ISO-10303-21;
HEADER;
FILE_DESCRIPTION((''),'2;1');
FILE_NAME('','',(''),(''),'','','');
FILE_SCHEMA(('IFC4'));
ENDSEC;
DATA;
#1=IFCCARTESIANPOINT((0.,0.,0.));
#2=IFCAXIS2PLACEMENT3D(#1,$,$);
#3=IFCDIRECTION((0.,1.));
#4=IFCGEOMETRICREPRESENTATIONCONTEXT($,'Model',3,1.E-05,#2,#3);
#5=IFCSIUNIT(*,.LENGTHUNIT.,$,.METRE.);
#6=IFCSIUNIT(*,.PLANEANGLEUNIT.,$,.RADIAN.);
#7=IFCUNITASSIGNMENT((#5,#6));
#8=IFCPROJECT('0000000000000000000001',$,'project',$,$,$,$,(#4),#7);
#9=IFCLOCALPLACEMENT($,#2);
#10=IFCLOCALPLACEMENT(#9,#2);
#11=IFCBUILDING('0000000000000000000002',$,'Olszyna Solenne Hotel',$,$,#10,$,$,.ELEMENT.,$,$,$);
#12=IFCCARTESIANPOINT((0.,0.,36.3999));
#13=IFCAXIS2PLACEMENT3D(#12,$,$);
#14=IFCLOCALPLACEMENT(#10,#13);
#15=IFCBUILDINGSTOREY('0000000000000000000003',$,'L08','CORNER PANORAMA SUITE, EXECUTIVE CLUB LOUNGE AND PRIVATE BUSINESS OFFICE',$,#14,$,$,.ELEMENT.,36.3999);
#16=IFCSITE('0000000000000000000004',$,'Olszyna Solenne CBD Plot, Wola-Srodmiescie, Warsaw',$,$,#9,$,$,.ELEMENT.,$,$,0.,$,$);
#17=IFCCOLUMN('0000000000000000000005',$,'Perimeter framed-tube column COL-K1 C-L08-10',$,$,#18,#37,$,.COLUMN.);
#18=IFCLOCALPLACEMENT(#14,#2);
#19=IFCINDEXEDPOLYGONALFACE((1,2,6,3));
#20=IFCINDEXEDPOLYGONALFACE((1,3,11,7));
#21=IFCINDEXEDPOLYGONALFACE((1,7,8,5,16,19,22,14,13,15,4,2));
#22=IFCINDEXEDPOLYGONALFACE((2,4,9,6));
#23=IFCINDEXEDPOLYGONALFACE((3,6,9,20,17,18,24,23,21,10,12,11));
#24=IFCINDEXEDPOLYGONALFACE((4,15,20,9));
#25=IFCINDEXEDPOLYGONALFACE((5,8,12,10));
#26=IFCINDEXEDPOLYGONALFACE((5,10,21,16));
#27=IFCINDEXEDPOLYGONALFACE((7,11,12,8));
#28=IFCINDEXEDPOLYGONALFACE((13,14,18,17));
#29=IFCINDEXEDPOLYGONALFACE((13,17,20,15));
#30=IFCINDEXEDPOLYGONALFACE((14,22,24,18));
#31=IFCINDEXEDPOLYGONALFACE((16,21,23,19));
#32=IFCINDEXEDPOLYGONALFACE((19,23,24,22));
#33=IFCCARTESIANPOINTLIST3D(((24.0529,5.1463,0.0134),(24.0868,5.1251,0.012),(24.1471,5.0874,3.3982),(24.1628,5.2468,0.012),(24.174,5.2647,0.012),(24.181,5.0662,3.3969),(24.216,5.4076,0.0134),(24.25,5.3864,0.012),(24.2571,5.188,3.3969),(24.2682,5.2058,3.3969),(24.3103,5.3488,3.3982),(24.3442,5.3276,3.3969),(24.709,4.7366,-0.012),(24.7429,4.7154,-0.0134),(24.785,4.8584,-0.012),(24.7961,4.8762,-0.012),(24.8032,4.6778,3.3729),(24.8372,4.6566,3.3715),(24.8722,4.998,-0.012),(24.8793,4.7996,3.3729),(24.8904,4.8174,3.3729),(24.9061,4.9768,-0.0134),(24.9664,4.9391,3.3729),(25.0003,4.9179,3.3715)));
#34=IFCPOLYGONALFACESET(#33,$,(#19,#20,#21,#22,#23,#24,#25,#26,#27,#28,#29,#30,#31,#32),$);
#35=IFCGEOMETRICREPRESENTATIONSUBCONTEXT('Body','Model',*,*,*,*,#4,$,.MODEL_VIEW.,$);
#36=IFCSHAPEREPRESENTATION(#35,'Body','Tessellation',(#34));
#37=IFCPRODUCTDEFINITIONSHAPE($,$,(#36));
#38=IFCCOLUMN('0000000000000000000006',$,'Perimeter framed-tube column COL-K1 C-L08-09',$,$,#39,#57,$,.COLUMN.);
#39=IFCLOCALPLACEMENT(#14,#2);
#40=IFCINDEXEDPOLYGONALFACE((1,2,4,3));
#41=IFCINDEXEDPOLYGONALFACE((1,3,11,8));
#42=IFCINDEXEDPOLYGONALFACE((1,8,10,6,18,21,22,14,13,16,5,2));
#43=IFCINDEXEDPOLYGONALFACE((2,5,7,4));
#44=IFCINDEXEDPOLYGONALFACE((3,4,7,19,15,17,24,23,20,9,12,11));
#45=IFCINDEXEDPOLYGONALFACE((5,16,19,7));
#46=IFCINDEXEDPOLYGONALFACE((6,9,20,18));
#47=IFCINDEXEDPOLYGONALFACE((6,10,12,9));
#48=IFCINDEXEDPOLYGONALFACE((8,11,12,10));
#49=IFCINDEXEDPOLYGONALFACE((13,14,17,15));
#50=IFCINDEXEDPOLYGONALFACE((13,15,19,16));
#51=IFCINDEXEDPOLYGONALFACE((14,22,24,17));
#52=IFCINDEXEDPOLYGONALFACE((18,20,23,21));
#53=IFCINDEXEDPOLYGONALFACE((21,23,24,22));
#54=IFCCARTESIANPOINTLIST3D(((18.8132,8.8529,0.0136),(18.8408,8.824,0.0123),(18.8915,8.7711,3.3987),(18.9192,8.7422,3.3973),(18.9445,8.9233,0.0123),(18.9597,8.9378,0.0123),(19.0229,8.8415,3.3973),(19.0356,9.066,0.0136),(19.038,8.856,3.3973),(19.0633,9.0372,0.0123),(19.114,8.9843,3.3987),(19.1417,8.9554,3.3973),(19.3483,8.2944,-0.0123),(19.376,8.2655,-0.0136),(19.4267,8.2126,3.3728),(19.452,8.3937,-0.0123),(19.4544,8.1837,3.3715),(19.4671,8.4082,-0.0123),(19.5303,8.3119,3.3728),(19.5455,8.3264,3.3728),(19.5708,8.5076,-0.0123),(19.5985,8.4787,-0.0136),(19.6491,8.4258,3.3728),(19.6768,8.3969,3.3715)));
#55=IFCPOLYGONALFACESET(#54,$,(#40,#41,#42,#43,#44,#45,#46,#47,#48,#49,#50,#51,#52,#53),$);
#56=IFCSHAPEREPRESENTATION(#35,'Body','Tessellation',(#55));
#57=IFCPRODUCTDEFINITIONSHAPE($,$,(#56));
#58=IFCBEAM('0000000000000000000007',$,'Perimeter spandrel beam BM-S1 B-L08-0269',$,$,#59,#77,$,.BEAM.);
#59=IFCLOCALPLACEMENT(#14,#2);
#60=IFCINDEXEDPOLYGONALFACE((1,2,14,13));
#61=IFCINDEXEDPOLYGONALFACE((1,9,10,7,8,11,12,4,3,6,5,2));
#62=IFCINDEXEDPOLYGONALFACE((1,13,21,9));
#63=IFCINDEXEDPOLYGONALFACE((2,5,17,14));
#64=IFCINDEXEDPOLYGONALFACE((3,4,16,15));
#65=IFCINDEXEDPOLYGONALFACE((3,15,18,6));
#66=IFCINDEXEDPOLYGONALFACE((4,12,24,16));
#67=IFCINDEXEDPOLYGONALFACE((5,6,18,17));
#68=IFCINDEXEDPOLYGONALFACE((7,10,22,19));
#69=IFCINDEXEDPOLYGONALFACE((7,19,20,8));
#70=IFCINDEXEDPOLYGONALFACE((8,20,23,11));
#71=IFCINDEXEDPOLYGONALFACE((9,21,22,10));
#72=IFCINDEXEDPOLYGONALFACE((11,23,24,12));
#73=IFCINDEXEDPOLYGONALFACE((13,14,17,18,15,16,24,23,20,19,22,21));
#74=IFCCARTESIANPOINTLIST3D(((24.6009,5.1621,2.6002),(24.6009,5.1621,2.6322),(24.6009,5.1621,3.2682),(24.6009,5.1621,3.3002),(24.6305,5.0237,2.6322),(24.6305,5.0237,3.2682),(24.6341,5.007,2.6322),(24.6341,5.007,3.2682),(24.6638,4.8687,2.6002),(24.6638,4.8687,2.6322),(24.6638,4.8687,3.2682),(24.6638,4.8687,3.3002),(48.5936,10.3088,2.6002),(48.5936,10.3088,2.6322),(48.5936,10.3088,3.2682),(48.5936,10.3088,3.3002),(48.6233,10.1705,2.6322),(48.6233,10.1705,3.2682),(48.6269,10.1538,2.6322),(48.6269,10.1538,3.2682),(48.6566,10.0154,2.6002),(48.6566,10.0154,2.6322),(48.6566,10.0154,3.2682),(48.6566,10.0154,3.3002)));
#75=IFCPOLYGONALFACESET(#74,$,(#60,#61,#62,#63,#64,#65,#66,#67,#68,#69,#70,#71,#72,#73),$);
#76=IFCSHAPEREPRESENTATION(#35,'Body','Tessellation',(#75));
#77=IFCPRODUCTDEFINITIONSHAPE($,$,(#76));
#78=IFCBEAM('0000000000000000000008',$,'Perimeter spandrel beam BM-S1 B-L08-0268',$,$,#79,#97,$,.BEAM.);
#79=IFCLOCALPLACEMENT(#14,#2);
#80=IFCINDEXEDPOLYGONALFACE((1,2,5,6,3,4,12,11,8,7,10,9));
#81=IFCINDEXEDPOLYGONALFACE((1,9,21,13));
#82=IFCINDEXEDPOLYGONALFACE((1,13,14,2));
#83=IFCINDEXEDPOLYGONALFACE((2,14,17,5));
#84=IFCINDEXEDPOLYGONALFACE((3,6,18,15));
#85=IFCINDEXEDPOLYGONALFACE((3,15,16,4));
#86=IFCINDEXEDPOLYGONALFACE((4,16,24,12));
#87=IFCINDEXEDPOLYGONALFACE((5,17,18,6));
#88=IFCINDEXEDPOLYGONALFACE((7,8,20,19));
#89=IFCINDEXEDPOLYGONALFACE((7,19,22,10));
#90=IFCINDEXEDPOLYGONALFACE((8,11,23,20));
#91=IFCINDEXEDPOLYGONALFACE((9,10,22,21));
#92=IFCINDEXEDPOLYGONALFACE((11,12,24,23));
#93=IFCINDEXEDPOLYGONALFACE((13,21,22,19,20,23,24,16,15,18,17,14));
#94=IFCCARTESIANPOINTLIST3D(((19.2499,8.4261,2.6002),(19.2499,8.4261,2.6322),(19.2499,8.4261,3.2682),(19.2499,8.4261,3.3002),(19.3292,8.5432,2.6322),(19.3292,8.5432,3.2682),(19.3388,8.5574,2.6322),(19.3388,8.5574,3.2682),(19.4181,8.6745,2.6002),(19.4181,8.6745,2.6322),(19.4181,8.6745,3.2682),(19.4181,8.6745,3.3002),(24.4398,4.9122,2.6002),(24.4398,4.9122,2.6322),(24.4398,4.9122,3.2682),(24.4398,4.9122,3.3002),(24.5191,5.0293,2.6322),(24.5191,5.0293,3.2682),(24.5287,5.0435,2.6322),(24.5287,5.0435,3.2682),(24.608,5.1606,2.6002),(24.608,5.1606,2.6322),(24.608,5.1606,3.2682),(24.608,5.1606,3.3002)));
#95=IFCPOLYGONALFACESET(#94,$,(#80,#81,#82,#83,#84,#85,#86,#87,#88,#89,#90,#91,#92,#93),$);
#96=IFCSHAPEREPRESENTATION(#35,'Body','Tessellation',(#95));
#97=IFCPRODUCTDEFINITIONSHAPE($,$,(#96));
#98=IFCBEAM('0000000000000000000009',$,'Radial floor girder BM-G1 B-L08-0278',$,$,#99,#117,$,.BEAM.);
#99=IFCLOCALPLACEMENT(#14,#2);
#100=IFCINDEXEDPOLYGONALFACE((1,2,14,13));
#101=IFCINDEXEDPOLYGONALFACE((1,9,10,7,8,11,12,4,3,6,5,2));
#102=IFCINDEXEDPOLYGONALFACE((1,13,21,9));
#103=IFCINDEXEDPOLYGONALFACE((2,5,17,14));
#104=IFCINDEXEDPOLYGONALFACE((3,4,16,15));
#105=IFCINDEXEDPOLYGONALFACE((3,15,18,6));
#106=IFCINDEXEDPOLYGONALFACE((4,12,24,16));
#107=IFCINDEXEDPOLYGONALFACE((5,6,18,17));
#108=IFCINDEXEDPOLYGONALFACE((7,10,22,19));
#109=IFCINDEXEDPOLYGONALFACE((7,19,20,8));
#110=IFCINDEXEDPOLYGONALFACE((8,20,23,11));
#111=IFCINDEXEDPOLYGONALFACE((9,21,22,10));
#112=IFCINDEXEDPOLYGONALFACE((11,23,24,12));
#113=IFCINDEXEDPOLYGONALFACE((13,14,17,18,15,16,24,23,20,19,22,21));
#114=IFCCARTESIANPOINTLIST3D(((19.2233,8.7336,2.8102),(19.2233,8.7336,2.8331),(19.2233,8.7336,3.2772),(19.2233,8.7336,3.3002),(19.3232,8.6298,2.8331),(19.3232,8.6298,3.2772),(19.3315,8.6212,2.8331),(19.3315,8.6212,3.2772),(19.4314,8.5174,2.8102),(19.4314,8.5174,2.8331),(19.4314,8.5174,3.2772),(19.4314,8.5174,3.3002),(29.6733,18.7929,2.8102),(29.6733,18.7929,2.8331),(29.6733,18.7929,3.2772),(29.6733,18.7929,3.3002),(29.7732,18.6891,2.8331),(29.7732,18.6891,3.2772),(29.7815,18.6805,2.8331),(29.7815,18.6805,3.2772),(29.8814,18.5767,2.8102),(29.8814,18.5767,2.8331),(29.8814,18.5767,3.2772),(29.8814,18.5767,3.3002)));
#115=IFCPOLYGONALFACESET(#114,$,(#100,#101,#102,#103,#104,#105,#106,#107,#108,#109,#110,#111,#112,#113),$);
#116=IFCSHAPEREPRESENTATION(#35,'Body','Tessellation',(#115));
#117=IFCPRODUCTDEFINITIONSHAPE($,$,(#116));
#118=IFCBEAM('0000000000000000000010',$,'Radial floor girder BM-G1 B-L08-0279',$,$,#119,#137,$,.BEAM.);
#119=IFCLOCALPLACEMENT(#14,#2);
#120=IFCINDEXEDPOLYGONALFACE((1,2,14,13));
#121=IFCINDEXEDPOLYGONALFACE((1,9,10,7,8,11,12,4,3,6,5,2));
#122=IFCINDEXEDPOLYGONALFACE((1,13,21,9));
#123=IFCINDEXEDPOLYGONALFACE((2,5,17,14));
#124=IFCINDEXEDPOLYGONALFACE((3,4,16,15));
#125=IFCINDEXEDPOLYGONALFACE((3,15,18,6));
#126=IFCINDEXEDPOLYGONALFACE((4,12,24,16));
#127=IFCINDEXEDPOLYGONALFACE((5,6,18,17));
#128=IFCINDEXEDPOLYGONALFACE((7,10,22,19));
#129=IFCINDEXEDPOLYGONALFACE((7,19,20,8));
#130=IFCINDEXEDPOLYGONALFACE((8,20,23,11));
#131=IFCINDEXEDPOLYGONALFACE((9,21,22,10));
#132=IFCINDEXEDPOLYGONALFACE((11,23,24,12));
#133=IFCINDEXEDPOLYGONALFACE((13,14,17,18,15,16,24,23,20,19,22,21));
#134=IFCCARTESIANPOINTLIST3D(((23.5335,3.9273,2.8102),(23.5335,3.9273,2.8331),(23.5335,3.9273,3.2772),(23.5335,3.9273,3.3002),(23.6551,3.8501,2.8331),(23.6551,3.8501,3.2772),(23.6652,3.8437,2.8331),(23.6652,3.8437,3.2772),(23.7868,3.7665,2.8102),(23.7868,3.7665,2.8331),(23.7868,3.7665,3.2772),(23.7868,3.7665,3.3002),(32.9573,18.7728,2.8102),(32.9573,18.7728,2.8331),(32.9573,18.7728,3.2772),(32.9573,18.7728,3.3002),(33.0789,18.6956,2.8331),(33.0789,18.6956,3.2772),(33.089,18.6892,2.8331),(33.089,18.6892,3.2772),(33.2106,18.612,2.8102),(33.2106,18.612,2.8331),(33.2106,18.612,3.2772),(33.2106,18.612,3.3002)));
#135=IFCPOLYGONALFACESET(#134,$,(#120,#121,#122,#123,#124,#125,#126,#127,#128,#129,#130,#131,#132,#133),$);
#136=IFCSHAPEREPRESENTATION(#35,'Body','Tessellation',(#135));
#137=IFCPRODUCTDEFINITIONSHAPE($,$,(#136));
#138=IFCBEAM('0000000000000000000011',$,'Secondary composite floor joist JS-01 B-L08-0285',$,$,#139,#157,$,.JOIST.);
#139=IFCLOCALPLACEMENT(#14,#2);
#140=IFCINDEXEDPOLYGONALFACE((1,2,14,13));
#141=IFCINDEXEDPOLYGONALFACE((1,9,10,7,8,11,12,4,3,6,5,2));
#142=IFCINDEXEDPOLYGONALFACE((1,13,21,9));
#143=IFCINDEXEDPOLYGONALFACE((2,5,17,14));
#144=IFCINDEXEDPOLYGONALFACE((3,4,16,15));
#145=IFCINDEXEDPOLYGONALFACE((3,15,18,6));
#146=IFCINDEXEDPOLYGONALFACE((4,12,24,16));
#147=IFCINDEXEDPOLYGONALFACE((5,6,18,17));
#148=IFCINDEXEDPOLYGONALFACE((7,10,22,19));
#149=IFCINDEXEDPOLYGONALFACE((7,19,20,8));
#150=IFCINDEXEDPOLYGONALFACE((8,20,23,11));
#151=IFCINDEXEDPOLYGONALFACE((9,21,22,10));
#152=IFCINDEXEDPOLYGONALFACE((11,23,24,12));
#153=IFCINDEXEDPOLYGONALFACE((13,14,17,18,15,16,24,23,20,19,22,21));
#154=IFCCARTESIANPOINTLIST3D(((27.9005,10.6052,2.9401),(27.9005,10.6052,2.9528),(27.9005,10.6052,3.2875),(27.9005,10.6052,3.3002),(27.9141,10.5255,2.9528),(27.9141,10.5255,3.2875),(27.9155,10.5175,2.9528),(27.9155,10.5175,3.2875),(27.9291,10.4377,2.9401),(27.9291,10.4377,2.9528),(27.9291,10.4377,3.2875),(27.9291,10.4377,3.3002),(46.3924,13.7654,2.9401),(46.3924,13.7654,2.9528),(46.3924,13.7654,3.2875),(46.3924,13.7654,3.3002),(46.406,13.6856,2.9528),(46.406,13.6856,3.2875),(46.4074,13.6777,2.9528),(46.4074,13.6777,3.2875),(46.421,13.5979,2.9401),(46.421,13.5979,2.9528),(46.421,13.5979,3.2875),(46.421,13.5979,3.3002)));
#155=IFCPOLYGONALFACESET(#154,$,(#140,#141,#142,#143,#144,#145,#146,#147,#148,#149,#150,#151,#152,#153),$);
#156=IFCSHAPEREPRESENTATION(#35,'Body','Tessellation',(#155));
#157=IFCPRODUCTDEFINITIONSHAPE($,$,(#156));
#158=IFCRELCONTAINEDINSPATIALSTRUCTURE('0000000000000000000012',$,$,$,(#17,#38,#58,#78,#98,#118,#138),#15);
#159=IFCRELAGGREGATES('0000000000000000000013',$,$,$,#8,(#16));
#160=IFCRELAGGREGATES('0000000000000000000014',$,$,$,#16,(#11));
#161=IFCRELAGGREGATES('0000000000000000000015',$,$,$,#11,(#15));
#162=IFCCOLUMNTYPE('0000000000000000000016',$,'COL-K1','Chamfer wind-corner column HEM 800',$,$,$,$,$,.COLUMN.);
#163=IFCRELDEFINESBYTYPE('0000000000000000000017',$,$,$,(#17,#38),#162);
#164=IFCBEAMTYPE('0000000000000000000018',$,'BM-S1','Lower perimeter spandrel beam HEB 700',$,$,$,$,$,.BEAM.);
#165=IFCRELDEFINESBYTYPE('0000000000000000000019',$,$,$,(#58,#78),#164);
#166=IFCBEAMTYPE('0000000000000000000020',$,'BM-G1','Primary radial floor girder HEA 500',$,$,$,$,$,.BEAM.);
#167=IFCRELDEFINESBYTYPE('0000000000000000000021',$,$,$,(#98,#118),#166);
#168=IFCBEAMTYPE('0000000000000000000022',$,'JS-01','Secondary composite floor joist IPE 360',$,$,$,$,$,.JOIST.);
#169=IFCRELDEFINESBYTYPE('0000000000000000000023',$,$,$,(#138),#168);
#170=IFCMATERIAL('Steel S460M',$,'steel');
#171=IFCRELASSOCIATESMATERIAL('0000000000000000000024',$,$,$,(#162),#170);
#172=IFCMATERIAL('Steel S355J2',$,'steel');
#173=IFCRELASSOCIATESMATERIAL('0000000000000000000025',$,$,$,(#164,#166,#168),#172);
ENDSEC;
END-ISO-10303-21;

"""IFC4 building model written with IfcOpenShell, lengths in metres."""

from ifc_helpers import new_model, si_unit, direction, frame, origin, origin_2d, place, context, subcontext, project, spatial, i_section, extrude, source, transform, mapped, material, material_profile, profile_set, type_object, element, save


model = new_model("IFC4")

# Units and contexts
model_context = context("Model", 3, precision=1e-05, world=origin(), true_north=direction((0.0, 1.0)))
body_context = subcontext(model_context, "Body", "Model", "MODEL_VIEW")
ifc_project = project(units=[si_unit("LENGTHUNIT", "METRE"), si_unit("PLANEANGLEUNIT", "RADIAN")], contexts=[model_context])

# Site, building, storey
site_placement = place(None, origin())
site = spatial("IfcSite", under=ifc_project, at=site_placement, Name="Olszyna Solenne CBD Plot, Wola-Srodmiescie, Warsaw", CompositionType="ELEMENT", RefElevation=0.0)
building_placement = place(site_placement, origin())
building = spatial("IfcBuilding", under=site, at=building_placement, Name="Olszyna Solenne Hotel", CompositionType="ELEMENT")
storey_placement = place(building_placement, frame((0.0, 0.0, 36.3999)))
storey = spatial("IfcBuildingStorey", under=building, at=storey_placement, Name="L08", Description="CORNER PANORAMA SUITE, EXECUTIVE CLUB LOUNGE AND PRIVATE BUSINESS OFFICE", CompositionType="ELEMENT", Elevation=36.3999)

# Columns
ifc_material_1 = material(Name="Steel S460M", Category="steel")
ifc_material_profile_1 = material_profile(ifc_material_1, i_section(OverallWidth=0.3081, OverallDepth=0.814, WebThickness=0.021, FlangeThickness=0.04, at=origin_2d()), Name="HEM 800", Category="load-bearing")
ifc_profile_set_1 = profile_set([ifc_material_profile_1], Name="Steel S460M")
column_type = type_object("IfcColumnType", Name="COL-K1", Description="Chamfer wind-corner column HEM 800", PredefinedType="COLUMN", material=ifc_profile_set_1)
shared_shape_1 = source(origin(), body_context, "Body", "SweptSolid", [
    extrude(i_section(OverallWidth=0.3081, OverallDepth=0.814, WebThickness=0.021, FlangeThickness=0.04, at=origin_2d()), origin(), (0.0, 0.0, 1.0), 3.3867),
])
column_1_placement = place(storey_placement, frame((24.4795, 5.0615, 0.0), z_axis=(0.027825, -0.017373, 0.999462), x_axis=(0.529604, 0.848245, 0.0)))
element("IfcColumn", 1, at=column_1_placement, inside=storey, type_object=column_type, Name="Perimeter framed-tube column COL-K1 C-L08-10", PredefinedType="COLUMN", context=body_context, shape_type="MappedRepresentation", body=[
    mapped(shared_shape_1, transform((0.0, 0.0, 0.0), x_axis=(1.0, 0.0, 0.0), y_axis=(0.0, 1.0, 0.0), z_axis=(0.0, 0.0, 1.0), scale=1.0)),
])
shared_shape_2 = source(origin(), body_context, "Body", "SweptSolid", [
    extrude(i_section(OverallWidth=0.3081, OverallDepth=0.814, WebThickness=0.021, FlangeThickness=0.04, at=origin_2d()), origin(), (0.0, 0.0, 1.0), 3.387),
])
column_2_placement = place(storey_placement, frame((19.2058, 8.6658, 0.0), z_axis=(0.023139, -0.024148, 0.999441), x_axis=(0.722033, 0.691859, 0.0)))
element("IfcColumn", 2, at=column_2_placement, inside=storey, type_object=column_type, Name="Perimeter framed-tube column COL-K1 C-L08-09", PredefinedType="COLUMN", context=body_context, shape_type="MappedRepresentation", body=[
    mapped(shared_shape_2, transform((0.0, 0.0, 0.0), x_axis=(1.0, 0.0, 0.0), y_axis=(0.0, 1.0, 0.0), z_axis=(0.0, 0.0, 1.0), scale=1.0)),
])

# Beams
ifc_material_2 = material(Name="Steel S355J2", Category="steel")
ifc_material_profile_2 = material_profile(ifc_material_2, i_section(OverallWidth=0.3, OverallDepth=0.7, WebThickness=0.0171, FlangeThickness=0.032, at=origin_2d()), Name="HEB 700", Category="load-bearing")
ifc_profile_set_2 = profile_set([ifc_material_profile_2], Name="Steel S355J2")
beam_type_1 = type_object("IfcBeamType", Name="BM-S1", Description="Lower perimeter spandrel beam HEB 700", PredefinedType="BEAM", material=ifc_profile_set_2)
shared_shape_3 = source(origin(), body_context, "Body", "SweptSolid", [
    extrude(i_section(OverallWidth=0.3, OverallDepth=0.7, WebThickness=0.0171, FlangeThickness=0.032, at=origin_2d()), origin(), (0.0, 0.0, 1.0), 24.5386),
])
beam_1_placement = place(storey_placement, frame((24.6323, 5.0154, 2.9502), z_axis=(0.977757, 0.209741, 0.0), x_axis=(-0.209741, 0.977757, 0.0)))
element("IfcBeam", 3, at=beam_1_placement, inside=storey, type_object=beam_type_1, Name="Perimeter spandrel beam BM-S1 B-L08-0269", PredefinedType="BEAM", context=body_context, shape_type="MappedRepresentation", body=[
    mapped(shared_shape_3, transform((0.0, 0.0, 0.0), x_axis=(1.0, 0.0, 0.0), y_axis=(0.0, 1.0, 0.0), z_axis=(0.0, 0.0, 1.0), scale=1.0)),
])
shared_shape_4 = source(origin(), body_context, "Body", "SweptSolid", [
    extrude(i_section(OverallWidth=0.3, OverallDepth=0.7, WebThickness=0.0171, FlangeThickness=0.032, at=origin_2d()), origin(), (0.0, 0.0, 1.0), 6.2676),
])
beam_2_placement = place(storey_placement, frame((19.334, 8.5503, 2.9502), z_axis=(0.828056, -0.560646, 0.0), x_axis=(0.560646, 0.828056, 0.0)))
element("IfcBeam", 4, at=beam_2_placement, inside=storey, type_object=beam_type_1, Name="Perimeter spandrel beam BM-S1 B-L08-0268", PredefinedType="BEAM", context=body_context, shape_type="MappedRepresentation", body=[
    mapped(shared_shape_4, transform((0.0, 0.0, 0.0), x_axis=(1.0, 0.0, 0.0), y_axis=(0.0, 1.0, 0.0), z_axis=(0.0, 0.0, 1.0), scale=1.0)),
])
ifc_material_profile_3 = material_profile(ifc_material_2, i_section(OverallWidth=0.3, OverallDepth=0.49, WebThickness=0.012, FlangeThickness=0.0229, at=origin_2d()), Name="HEA 500", Category="load-bearing")
ifc_profile_set_3 = profile_set([ifc_material_profile_3], Name="Steel S355J2")
beam_type_2 = type_object("IfcBeamType", Name="BM-G1", Description="Primary radial floor girder HEA 500", PredefinedType="BEAM", material=ifc_profile_set_3)
shared_shape_5 = source(origin(), body_context, "Body", "SweptSolid", [
    extrude(i_section(OverallWidth=0.3, OverallDepth=0.49, WebThickness=0.012, FlangeThickness=0.0229, at=origin_2d()), origin(), (0.0, 0.0, 1.0), 14.5049),
])
beam_3_placement = place(storey_placement, frame((19.3274, 8.6255, 3.0552), z_axis=(0.720444, 0.693513, 0.0), x_axis=(-0.693513, 0.720444, 0.0)))
element("IfcBeam", 5, at=beam_3_placement, inside=storey, type_object=beam_type_2, Name="Radial floor girder BM-G1 B-L08-0278", PredefinedType="BEAM", context=body_context, shape_type="MappedRepresentation", body=[
    mapped(shared_shape_5, transform((0.0, 0.0, 0.0), x_axis=(1.0, 0.0, 0.0), y_axis=(0.0, 1.0, 0.0), z_axis=(0.0, 0.0, 1.0), scale=1.0)),
])
shared_shape_6 = source(origin(), body_context, "Body", "SweptSolid", [
    extrude(i_section(OverallWidth=0.3, OverallDepth=0.49, WebThickness=0.012, FlangeThickness=0.0229, at=origin_2d()), origin(), (0.0, 0.0, 1.0), 17.584),
])
beam_4_placement = place(storey_placement, frame((23.6602, 3.8469, 3.0552), z_axis=(0.535933, 0.844261, 0.0), x_axis=(-0.844261, 0.535933, 0.0)))
element("IfcBeam", 6, at=beam_4_placement, inside=storey, type_object=beam_type_2, Name="Radial floor girder BM-G1 B-L08-0279", PredefinedType="BEAM", context=body_context, shape_type="MappedRepresentation", body=[
    mapped(shared_shape_6, transform((0.0, 0.0, 0.0), x_axis=(1.0, 0.0, 0.0), y_axis=(0.0, 1.0, 0.0), z_axis=(0.0, 0.0, 1.0), scale=1.0)),
])
ifc_material_profile_4 = material_profile(ifc_material_2, i_section(OverallWidth=0.1699, OverallDepth=0.3601, WebThickness=0.0081, FlangeThickness=0.0127, at=origin_2d()), Name="IPE 360", Category="load-bearing")
ifc_profile_set_4 = profile_set([ifc_material_profile_4], Name="Steel S355J2")
beam_type_3 = type_object("IfcBeamType", Name="JS-01", Description="Secondary composite floor joist IPE 360", PredefinedType="JOIST", material=ifc_profile_set_4)
shared_shape_7 = source(origin(), body_context, "Body", "SweptSolid", [
    extrude(i_section(OverallWidth=0.1699, OverallDepth=0.3601, WebThickness=0.0081, FlangeThickness=0.0127, at=origin_2d()), origin(), (0.0, 0.0, 1.0), 18.76),
])
beam_5_placement = place(storey_placement, frame((27.9148, 10.5215, 3.1201), z_axis=(0.98571, 0.168452, 0.0), x_axis=(-0.168452, 0.98571, 0.0)))
element("IfcBeam", 7, at=beam_5_placement, inside=storey, type_object=beam_type_3, Name="Secondary composite floor joist JS-01 B-L08-0285", PredefinedType="JOIST", context=body_context, shape_type="MappedRepresentation", body=[
    mapped(shared_shape_7, transform((0.0, 0.0, 0.0), x_axis=(1.0, 0.0, 0.0), y_axis=(0.0, 1.0, 0.0), z_axis=(0.0, 0.0, 1.0), scale=1.0)),
])

save(model, "model.ifc")
